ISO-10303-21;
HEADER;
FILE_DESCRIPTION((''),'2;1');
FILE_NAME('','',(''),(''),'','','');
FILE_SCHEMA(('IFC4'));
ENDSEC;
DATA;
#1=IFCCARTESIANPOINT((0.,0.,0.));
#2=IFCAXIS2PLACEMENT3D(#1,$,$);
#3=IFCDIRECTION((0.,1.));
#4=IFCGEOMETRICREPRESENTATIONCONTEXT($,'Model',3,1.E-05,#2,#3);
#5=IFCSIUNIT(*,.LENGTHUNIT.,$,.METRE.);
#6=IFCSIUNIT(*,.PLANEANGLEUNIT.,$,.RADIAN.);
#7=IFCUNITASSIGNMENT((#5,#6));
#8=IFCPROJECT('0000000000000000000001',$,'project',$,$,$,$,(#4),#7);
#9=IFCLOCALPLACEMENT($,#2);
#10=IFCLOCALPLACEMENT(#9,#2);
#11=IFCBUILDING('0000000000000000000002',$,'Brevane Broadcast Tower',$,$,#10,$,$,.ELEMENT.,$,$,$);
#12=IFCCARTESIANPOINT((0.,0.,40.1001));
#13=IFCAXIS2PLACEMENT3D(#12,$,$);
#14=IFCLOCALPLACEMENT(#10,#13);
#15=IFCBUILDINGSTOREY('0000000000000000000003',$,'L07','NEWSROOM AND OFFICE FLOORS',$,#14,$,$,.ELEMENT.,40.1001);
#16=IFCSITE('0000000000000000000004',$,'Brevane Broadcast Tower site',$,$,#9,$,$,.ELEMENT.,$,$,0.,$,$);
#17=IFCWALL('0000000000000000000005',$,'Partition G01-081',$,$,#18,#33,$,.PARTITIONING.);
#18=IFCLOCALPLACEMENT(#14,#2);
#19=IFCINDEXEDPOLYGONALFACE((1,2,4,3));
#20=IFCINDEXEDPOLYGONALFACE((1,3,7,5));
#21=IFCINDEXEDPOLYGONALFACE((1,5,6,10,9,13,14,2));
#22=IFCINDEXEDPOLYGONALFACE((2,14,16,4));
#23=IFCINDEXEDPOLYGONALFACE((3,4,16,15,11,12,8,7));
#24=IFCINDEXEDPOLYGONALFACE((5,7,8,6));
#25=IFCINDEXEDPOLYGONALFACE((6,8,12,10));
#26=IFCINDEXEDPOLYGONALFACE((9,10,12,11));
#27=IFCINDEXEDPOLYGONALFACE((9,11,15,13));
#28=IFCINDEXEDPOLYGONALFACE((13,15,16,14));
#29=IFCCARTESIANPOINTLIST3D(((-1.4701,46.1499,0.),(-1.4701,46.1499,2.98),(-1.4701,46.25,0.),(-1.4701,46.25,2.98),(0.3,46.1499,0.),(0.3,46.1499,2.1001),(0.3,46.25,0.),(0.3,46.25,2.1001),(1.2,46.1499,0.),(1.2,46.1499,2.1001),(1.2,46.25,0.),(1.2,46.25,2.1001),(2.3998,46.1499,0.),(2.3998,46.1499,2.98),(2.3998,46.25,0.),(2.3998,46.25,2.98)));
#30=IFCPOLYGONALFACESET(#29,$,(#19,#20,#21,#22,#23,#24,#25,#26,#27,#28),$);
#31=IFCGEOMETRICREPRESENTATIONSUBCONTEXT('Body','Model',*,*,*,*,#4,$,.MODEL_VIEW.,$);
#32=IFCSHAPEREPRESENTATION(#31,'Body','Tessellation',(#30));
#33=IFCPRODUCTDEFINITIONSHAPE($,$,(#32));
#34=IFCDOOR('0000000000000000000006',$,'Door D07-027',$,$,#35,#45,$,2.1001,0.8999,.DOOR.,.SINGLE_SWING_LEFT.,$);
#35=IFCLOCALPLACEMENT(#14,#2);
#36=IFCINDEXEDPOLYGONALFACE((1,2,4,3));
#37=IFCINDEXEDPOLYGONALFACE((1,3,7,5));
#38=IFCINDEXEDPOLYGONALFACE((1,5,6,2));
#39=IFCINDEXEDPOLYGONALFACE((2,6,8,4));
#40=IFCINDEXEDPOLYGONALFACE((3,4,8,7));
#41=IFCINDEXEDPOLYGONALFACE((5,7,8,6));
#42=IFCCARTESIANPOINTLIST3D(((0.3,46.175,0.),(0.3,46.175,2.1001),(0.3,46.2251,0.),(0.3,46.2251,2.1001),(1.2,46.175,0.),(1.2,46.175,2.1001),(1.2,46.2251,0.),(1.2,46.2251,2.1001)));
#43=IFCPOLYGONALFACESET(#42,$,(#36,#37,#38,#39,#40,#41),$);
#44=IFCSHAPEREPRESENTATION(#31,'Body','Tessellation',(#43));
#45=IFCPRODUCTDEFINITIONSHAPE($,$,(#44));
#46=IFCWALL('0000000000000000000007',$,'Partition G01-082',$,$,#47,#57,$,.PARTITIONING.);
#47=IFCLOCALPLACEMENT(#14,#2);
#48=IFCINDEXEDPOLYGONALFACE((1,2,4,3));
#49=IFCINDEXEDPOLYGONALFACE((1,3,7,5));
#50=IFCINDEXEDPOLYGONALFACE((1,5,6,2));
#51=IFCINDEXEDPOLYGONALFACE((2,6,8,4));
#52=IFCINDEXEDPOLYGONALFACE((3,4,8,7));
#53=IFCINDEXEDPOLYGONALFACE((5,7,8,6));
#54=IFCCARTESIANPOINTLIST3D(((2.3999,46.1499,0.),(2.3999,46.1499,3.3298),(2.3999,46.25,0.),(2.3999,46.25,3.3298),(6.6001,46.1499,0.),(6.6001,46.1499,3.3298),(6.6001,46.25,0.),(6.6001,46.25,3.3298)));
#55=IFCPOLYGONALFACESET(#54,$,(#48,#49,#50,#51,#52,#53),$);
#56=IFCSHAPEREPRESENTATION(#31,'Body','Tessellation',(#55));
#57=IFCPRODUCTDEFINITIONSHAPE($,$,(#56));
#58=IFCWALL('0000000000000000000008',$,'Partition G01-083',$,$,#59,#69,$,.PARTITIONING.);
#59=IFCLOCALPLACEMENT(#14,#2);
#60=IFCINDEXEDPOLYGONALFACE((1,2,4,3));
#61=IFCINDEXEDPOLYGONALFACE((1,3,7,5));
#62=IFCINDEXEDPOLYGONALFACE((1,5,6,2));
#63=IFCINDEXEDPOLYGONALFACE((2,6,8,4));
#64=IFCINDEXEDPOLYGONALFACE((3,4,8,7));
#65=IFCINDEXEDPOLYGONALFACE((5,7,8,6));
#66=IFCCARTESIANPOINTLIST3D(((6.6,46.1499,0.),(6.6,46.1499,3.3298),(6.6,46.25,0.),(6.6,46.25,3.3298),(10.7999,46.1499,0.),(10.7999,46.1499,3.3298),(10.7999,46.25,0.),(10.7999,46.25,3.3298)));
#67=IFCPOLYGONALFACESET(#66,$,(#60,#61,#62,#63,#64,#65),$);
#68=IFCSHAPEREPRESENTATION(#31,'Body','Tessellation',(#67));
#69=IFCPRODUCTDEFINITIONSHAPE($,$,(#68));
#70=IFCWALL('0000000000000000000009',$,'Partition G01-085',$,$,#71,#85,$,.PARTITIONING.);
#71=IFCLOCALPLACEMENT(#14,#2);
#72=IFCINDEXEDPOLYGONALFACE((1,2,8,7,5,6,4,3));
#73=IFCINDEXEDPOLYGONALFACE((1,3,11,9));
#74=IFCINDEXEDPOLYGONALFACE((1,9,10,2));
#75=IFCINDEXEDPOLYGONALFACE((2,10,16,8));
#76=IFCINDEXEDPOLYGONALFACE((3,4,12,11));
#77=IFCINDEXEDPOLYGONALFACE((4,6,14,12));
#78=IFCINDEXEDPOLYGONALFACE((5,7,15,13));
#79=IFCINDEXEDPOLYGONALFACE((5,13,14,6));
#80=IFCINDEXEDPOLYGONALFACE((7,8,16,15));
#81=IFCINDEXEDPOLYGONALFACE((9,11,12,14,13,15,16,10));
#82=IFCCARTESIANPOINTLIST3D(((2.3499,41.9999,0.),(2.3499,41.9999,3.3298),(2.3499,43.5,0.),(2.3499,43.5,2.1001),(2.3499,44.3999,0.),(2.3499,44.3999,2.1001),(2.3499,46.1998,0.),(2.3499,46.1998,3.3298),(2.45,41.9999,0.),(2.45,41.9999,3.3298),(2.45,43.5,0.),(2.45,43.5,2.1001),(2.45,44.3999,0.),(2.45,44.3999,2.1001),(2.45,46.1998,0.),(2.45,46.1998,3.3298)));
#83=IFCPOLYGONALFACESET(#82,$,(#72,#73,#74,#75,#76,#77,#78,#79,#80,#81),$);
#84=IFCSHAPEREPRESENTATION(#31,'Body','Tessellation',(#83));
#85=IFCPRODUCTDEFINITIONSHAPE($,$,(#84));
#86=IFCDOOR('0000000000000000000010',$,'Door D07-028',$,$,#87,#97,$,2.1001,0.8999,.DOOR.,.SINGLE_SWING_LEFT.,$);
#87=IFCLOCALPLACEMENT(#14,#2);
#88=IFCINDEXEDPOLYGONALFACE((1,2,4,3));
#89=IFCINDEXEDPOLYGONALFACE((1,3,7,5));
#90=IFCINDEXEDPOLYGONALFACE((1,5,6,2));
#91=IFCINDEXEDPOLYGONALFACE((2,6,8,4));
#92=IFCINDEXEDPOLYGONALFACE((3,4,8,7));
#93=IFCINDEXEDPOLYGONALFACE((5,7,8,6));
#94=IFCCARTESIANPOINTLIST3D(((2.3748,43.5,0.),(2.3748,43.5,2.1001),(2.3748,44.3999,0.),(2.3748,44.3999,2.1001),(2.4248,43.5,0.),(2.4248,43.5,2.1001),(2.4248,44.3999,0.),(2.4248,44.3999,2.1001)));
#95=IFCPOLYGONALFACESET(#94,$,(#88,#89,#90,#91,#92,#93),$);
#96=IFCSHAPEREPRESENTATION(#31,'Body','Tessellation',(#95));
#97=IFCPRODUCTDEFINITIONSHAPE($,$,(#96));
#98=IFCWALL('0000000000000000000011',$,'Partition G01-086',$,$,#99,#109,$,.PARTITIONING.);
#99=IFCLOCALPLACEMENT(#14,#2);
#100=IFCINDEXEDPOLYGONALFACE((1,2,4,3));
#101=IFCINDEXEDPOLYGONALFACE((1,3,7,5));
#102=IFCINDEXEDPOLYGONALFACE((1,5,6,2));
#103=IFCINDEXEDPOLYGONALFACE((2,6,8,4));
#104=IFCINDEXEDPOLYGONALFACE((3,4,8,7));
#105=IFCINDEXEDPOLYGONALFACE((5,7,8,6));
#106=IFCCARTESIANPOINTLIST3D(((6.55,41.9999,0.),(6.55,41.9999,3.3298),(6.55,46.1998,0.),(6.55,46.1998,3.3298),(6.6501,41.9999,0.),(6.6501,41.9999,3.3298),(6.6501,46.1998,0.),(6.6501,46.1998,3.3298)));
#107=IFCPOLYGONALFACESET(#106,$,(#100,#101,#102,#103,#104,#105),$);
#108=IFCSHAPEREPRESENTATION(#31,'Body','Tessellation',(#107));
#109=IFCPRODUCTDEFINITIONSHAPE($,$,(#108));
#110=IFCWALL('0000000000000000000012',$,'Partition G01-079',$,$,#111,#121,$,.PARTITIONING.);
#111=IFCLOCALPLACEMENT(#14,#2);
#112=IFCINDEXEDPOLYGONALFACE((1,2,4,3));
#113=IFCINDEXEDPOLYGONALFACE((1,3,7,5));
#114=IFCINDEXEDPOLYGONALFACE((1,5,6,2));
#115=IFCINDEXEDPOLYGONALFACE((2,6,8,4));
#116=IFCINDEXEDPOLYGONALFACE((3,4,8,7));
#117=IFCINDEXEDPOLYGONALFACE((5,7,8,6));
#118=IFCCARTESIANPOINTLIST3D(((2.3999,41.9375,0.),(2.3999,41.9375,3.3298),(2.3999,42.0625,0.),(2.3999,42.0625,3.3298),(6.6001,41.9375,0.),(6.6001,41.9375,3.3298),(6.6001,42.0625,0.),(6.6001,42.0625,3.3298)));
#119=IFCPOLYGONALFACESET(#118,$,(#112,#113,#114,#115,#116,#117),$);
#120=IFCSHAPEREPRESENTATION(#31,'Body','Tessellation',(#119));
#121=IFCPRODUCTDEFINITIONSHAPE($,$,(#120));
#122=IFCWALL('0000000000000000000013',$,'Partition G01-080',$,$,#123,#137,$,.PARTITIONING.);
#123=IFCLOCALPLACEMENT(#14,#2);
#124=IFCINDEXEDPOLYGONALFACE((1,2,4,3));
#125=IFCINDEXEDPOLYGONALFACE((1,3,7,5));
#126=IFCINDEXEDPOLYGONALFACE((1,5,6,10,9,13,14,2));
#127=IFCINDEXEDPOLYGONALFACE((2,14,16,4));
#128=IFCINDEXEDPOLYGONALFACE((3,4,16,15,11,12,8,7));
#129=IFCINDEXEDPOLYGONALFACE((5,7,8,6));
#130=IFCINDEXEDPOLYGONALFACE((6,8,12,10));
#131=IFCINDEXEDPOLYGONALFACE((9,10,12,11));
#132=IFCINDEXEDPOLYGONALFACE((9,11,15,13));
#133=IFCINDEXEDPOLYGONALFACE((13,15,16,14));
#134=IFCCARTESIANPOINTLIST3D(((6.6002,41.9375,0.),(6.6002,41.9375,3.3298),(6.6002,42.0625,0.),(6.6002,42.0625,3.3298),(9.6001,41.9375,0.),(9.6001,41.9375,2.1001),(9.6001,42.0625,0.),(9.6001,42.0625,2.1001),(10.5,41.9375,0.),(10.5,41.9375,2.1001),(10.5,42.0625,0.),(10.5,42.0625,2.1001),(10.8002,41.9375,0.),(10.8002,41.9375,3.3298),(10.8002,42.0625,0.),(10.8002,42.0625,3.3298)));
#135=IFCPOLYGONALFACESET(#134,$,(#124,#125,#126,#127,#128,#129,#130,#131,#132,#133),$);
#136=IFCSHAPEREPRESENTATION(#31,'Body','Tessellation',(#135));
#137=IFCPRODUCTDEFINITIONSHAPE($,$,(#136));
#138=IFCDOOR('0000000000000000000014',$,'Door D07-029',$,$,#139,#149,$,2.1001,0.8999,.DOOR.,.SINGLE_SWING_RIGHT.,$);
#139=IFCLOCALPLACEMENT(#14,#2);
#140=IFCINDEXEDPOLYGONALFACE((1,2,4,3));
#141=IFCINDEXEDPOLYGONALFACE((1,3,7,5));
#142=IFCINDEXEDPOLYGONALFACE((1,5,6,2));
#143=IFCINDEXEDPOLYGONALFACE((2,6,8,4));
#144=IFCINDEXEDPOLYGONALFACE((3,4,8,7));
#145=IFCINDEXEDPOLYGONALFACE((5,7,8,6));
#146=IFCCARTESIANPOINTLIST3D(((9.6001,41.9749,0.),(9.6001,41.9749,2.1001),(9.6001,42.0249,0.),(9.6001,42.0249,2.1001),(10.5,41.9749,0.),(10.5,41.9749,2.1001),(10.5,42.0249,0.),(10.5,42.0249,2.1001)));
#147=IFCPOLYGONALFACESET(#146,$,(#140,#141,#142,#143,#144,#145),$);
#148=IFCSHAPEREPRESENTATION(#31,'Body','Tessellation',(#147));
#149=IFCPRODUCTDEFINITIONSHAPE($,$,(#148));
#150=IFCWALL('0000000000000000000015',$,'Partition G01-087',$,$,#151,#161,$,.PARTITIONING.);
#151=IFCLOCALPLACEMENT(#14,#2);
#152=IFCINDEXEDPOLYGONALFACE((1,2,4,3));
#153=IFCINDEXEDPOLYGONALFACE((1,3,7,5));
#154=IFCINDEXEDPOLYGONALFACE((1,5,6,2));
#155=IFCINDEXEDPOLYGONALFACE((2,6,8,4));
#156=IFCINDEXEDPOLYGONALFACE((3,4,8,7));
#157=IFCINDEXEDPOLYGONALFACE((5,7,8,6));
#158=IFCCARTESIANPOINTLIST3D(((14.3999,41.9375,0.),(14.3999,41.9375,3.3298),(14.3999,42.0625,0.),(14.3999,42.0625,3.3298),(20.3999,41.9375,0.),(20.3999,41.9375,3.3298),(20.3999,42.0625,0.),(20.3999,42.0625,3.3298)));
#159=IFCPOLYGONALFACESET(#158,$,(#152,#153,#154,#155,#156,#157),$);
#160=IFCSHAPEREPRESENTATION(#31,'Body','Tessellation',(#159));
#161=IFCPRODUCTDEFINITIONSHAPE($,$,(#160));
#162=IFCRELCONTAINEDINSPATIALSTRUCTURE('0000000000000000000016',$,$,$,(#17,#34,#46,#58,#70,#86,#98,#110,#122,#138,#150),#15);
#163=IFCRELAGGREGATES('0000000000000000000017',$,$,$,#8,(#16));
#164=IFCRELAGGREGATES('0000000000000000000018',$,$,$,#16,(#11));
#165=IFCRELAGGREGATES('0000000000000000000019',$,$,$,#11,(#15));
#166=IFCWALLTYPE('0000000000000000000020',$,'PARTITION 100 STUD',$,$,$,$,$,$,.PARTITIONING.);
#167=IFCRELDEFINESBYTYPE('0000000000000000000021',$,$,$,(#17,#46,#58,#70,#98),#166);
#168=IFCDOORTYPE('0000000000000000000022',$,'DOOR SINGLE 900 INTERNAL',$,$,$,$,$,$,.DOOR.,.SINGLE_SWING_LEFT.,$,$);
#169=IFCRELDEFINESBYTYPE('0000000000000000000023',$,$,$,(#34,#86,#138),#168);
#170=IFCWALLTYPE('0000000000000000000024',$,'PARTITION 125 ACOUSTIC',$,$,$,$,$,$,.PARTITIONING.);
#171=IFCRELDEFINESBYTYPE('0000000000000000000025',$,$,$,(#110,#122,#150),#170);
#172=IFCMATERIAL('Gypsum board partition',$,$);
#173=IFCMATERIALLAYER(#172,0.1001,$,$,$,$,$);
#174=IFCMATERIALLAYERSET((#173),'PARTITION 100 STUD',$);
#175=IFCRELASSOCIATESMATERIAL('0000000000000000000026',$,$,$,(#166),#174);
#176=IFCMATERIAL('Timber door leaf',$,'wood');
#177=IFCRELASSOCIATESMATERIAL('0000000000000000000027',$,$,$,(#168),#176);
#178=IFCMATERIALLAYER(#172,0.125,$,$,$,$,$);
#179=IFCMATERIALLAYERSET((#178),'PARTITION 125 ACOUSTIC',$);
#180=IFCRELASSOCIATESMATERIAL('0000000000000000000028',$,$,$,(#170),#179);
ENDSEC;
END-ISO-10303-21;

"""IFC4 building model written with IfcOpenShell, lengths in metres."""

from ifc_helpers import new_model, si_unit, direction, frame, frame_2d, origin, place, context, subcontext, project, spatial, rectangle, extrude, material, layer, layer_set, type_object, element, fill, save


model = new_model("IFC4")

# Units and contexts
model_context = context("Model", 3, precision=1e-05, world=origin(), true_north=direction((0.0, 1.0)))
body_context = subcontext(model_context, "Body", "Model", "MODEL_VIEW")
ifc_project = project(units=[si_unit("LENGTHUNIT", "METRE"), si_unit("PLANEANGLEUNIT", "RADIAN")], contexts=[model_context])

# Site, building, storey
site_placement = place(None, origin())
site = spatial("IfcSite", under=ifc_project, at=site_placement, Name="Brevane Broadcast Tower site", CompositionType="ELEMENT", RefElevation=0.0)
building_placement = place(site_placement, origin())
building = spatial("IfcBuilding", under=site, at=building_placement, Name="Brevane Broadcast Tower", CompositionType="ELEMENT")
storey_placement = place(building_placement, frame((0.0, 0.0, 40.1001)))
storey = spatial("IfcBuildingStorey", under=building, at=storey_placement, Name="L07", Description="NEWSROOM AND OFFICE FLOORS", CompositionType="ELEMENT", Elevation=40.1001)

# Wall, opening, door
ifc_material_1 = material(Name="Gypsum board partition")
ifc_layer_1 = layer(ifc_material_1, 0.1001)
ifc_layer_set_1 = layer_set([ifc_layer_1], Name="PARTITION 100 STUD")
wall_type_1 = type_object("IfcWallType", Name="PARTITION 100 STUD", PredefinedType="PARTITIONING", material=ifc_layer_set_1)
wall_1_placement = place(storey_placement, frame((2.3999, 46.2, 0.0), z_axis=(0.0, 0.0, 1.0), x_axis=(-1.0, 0.0, 0.0)))
wall_1 = element("IfcWall", 1, at=wall_1_placement, inside=storey, type_object=wall_type_1, Name="Partition G01-081", PredefinedType="PARTITIONING", context=body_context, shape_type="SweptSolid", body=[
    extrude(rectangle(XDim=3.8699, YDim=0.1001, at=frame_2d((1.9351, 0.0))), origin(), (0.0, 0.0, 1.0), 2.98),
])
opening_1_placement = place(wall_1_placement, frame((1.2, 0.0, 0.0)))
opening_1 = element("IfcOpeningElement", 2, at=opening_1_placement, cuts=wall_1, PredefinedType="OPENING", context=body_context, shape_type="SweptSolid", body=[
    extrude(rectangle(XDim=0.8999, YDim=2.1001, at=frame_2d((0.45, 1.05))), frame((0.0, 0.0601, 0.0), z_axis=(0.0, -1.0, 0.0), x_axis=(1.0, 0.0, 0.0)), (0.0, 0.0, 1.0), 0.1201),
])
ifc_material_2 = material(Name="Timber door leaf", Category="wood")
door_type_1 = type_object("IfcDoorType", Name="DOOR SINGLE 900 INTERNAL", OperationType="SINGLE_SWING_LEFT", PredefinedType="DOOR", material=ifc_material_2)
door_1_placement = place(opening_1_placement, origin())
door_1 = element("IfcDoor", 3, at=door_1_placement, inside=storey, type_object=door_type_1, Name="Door D07-027", OperationType="SINGLE_SWING_LEFT", OverallHeight=2.1001, OverallWidth=0.8999, PredefinedType="DOOR", context=body_context, shape_type="SweptSolid", body=[
    extrude(rectangle(XDim=0.8999, YDim=2.1001, at=frame_2d((0.45, 1.05))), frame((0.0, 0.0249, 0.0), z_axis=(0.0, -1.0, 0.0), x_axis=(1.0, 0.0, 0.0)), (0.0, 0.0, 1.0), 0.05),
])
fill(opening_1, door_1)

# Walls
wall_2_placement = place(storey_placement, frame((6.6001, 46.2, 0.0), z_axis=(0.0, 0.0, 1.0), x_axis=(-1.0, 0.0, 0.0)))
element("IfcWall", 4, at=wall_2_placement, inside=storey, type_object=wall_type_1, Name="Partition G01-082", PredefinedType="PARTITIONING", context=body_context, shape_type="SweptSolid", body=[
    extrude(rectangle(XDim=4.2002, YDim=0.1001, at=frame_2d((2.1001, 0.0))), origin(), (0.0, 0.0, 1.0), 3.3298),
])
wall_3_placement = place(storey_placement, frame((10.8, 46.2, 0.0), z_axis=(0.0, 0.0, 1.0), x_axis=(-1.0, 0.0, 0.0)))
element("IfcWall", 5, at=wall_3_placement, inside=storey, type_object=wall_type_1, Name="Partition G01-083", PredefinedType="PARTITIONING", context=body_context, shape_type="SweptSolid", body=[
    extrude(rectangle(XDim=4.2, YDim=0.1001, at=frame_2d((2.1001, 0.0))), origin(), (0.0, 0.0, 1.0), 3.3298),
])

# Wall, opening, door
wall_4_placement = place(storey_placement, frame((2.3999, 46.2, 0.0), z_axis=(0.0, 0.0, 1.0), x_axis=(0.0, -1.0, 0.0)))
wall_4 = element("IfcWall", 6, at=wall_4_placement, inside=storey, type_object=wall_type_1, Name="Partition G01-085", PredefinedType="PARTITIONING", context=body_context, shape_type="SweptSolid", body=[
    extrude(rectangle(XDim=4.2, YDim=0.1001, at=frame_2d((2.1001, 0.0))), origin(), (0.0, 0.0, 1.0), 3.3298),
])
opening_2_placement = place(wall_4_placement, frame((1.8, 0.0, 0.0)))
opening_2 = element("IfcOpeningElement", 7, at=opening_2_placement, cuts=wall_4, PredefinedType="OPENING", context=body_context, shape_type="SweptSolid", body=[
    extrude(rectangle(XDim=0.8999, YDim=2.1001, at=frame_2d((0.45, 1.05))), frame((0.0, 0.0601, 0.0), z_axis=(0.0, -1.0, 0.0), x_axis=(1.0, 0.0, 0.0)), (0.0, 0.0, 1.0), 0.1201),
])
door_2_placement = place(opening_2_placement, origin())
door_2 = element("IfcDoor", 8, at=door_2_placement, inside=storey, type_object=door_type_1, Name="Door D07-028", OperationType="SINGLE_SWING_LEFT", OverallHeight=2.1001, OverallWidth=0.8999, PredefinedType="DOOR", context=body_context, shape_type="SweptSolid", body=[
    extrude(rectangle(XDim=0.8999, YDim=2.1001, at=frame_2d((0.45, 1.05))), frame((0.0, 0.0249, 0.0), z_axis=(0.0, -1.0, 0.0), x_axis=(1.0, 0.0, 0.0)), (0.0, 0.0, 1.0), 0.05),
])
fill(opening_2, door_2)

# Walls
wall_5_placement = place(storey_placement, frame((6.6001, 46.2, 0.0), z_axis=(0.0, 0.0, 1.0), x_axis=(0.0, -1.0, 0.0)))
element("IfcWall", 9, at=wall_5_placement, inside=storey, type_object=wall_type_1, Name="Partition G01-086", PredefinedType="PARTITIONING", context=body_context, shape_type="SweptSolid", body=[
    extrude(rectangle(XDim=4.2, YDim=0.1001, at=frame_2d((2.1001, 0.0))), origin(), (0.0, 0.0, 1.0), 3.3298),
])
ifc_layer_2 = layer(ifc_material_1, 0.125)
ifc_layer_set_2 = layer_set([ifc_layer_2], Name="PARTITION 125 ACOUSTIC")
wall_type_2 = type_object("IfcWallType", Name="PARTITION 125 ACOUSTIC", PredefinedType="PARTITIONING", material=ifc_layer_set_2)
wall_6_placement = place(storey_placement, frame((2.3999, 42.0, 0.0), z_axis=(0.0, 0.0, 1.0), x_axis=(1.0, 0.0, 0.0)))
element("IfcWall", 10, at=wall_6_placement, inside=storey, type_object=wall_type_2, Name="Partition G01-079", PredefinedType="PARTITIONING", context=body_context, shape_type="SweptSolid", body=[
    extrude(rectangle(XDim=4.2002, YDim=0.125, at=frame_2d((2.1001, 0.0))), origin(), (0.0, 0.0, 1.0), 3.3298),
])

# Wall, opening, door
wall_7_placement = place(storey_placement, frame((6.6001, 42.0, 0.0), z_axis=(0.0, 0.0, 1.0), x_axis=(1.0, 0.0, 0.0)))
wall_7 = element("IfcWall", 11, at=wall_7_placement, inside=storey, type_object=wall_type_2, Name="Partition G01-080", PredefinedType="PARTITIONING", context=body_context, shape_type="SweptSolid", body=[
    extrude(rectangle(XDim=4.2, YDim=0.125, at=frame_2d((2.1001, 0.0))), origin(), (0.0, 0.0, 1.0), 3.3298),
])
opening_3_placement = place(wall_7_placement, frame((3.0, 0.0, 0.0)))
opening_3 = element("IfcOpeningElement", 12, at=opening_3_placement, cuts=wall_7, PredefinedType="OPENING", context=body_context, shape_type="SweptSolid", body=[
    extrude(rectangle(XDim=0.8999, YDim=2.1001, at=frame_2d((0.45, 1.05))), frame((0.0, 0.0725, 0.0), z_axis=(0.0, -1.0, 0.0), x_axis=(1.0, 0.0, 0.0)), (0.0, 0.0, 1.0), 0.145),
])
door_3_placement = place(opening_3_placement, origin())
door_3 = element("IfcDoor", 13, at=door_3_placement, inside=storey, type_object=door_type_1, Name="Door D07-029", OperationType="SINGLE_SWING_RIGHT", OverallHeight=2.1001, OverallWidth=0.8999, PredefinedType="DOOR", context=body_context, shape_type="SweptSolid", body=[
    extrude(rectangle(XDim=0.8999, YDim=2.1001, at=frame_2d((0.45, 1.05))), frame((0.0, 0.0249, 0.0), z_axis=(0.0, -1.0, 0.0), x_axis=(1.0, 0.0, 0.0)), (0.0, 0.0, 1.0), 0.05),
])
fill(opening_3, door_3)

# Wall
wall_8_placement = place(storey_placement, frame((14.3999, 42.0, 0.0), z_axis=(0.0, 0.0, 1.0), x_axis=(1.0, 0.0, 0.0)))
element("IfcWall", 14, at=wall_8_placement, inside=storey, type_object=wall_type_2, Name="Partition G01-087", PredefinedType="PARTITIONING", context=body_context, shape_type="SweptSolid", body=[
    extrude(rectangle(XDim=6.0, YDim=0.125, at=frame_2d((3.0, 0.0))), origin(), (0.0, 0.0, 1.0), 3.3298),
])

save(model, "model.ifc")
